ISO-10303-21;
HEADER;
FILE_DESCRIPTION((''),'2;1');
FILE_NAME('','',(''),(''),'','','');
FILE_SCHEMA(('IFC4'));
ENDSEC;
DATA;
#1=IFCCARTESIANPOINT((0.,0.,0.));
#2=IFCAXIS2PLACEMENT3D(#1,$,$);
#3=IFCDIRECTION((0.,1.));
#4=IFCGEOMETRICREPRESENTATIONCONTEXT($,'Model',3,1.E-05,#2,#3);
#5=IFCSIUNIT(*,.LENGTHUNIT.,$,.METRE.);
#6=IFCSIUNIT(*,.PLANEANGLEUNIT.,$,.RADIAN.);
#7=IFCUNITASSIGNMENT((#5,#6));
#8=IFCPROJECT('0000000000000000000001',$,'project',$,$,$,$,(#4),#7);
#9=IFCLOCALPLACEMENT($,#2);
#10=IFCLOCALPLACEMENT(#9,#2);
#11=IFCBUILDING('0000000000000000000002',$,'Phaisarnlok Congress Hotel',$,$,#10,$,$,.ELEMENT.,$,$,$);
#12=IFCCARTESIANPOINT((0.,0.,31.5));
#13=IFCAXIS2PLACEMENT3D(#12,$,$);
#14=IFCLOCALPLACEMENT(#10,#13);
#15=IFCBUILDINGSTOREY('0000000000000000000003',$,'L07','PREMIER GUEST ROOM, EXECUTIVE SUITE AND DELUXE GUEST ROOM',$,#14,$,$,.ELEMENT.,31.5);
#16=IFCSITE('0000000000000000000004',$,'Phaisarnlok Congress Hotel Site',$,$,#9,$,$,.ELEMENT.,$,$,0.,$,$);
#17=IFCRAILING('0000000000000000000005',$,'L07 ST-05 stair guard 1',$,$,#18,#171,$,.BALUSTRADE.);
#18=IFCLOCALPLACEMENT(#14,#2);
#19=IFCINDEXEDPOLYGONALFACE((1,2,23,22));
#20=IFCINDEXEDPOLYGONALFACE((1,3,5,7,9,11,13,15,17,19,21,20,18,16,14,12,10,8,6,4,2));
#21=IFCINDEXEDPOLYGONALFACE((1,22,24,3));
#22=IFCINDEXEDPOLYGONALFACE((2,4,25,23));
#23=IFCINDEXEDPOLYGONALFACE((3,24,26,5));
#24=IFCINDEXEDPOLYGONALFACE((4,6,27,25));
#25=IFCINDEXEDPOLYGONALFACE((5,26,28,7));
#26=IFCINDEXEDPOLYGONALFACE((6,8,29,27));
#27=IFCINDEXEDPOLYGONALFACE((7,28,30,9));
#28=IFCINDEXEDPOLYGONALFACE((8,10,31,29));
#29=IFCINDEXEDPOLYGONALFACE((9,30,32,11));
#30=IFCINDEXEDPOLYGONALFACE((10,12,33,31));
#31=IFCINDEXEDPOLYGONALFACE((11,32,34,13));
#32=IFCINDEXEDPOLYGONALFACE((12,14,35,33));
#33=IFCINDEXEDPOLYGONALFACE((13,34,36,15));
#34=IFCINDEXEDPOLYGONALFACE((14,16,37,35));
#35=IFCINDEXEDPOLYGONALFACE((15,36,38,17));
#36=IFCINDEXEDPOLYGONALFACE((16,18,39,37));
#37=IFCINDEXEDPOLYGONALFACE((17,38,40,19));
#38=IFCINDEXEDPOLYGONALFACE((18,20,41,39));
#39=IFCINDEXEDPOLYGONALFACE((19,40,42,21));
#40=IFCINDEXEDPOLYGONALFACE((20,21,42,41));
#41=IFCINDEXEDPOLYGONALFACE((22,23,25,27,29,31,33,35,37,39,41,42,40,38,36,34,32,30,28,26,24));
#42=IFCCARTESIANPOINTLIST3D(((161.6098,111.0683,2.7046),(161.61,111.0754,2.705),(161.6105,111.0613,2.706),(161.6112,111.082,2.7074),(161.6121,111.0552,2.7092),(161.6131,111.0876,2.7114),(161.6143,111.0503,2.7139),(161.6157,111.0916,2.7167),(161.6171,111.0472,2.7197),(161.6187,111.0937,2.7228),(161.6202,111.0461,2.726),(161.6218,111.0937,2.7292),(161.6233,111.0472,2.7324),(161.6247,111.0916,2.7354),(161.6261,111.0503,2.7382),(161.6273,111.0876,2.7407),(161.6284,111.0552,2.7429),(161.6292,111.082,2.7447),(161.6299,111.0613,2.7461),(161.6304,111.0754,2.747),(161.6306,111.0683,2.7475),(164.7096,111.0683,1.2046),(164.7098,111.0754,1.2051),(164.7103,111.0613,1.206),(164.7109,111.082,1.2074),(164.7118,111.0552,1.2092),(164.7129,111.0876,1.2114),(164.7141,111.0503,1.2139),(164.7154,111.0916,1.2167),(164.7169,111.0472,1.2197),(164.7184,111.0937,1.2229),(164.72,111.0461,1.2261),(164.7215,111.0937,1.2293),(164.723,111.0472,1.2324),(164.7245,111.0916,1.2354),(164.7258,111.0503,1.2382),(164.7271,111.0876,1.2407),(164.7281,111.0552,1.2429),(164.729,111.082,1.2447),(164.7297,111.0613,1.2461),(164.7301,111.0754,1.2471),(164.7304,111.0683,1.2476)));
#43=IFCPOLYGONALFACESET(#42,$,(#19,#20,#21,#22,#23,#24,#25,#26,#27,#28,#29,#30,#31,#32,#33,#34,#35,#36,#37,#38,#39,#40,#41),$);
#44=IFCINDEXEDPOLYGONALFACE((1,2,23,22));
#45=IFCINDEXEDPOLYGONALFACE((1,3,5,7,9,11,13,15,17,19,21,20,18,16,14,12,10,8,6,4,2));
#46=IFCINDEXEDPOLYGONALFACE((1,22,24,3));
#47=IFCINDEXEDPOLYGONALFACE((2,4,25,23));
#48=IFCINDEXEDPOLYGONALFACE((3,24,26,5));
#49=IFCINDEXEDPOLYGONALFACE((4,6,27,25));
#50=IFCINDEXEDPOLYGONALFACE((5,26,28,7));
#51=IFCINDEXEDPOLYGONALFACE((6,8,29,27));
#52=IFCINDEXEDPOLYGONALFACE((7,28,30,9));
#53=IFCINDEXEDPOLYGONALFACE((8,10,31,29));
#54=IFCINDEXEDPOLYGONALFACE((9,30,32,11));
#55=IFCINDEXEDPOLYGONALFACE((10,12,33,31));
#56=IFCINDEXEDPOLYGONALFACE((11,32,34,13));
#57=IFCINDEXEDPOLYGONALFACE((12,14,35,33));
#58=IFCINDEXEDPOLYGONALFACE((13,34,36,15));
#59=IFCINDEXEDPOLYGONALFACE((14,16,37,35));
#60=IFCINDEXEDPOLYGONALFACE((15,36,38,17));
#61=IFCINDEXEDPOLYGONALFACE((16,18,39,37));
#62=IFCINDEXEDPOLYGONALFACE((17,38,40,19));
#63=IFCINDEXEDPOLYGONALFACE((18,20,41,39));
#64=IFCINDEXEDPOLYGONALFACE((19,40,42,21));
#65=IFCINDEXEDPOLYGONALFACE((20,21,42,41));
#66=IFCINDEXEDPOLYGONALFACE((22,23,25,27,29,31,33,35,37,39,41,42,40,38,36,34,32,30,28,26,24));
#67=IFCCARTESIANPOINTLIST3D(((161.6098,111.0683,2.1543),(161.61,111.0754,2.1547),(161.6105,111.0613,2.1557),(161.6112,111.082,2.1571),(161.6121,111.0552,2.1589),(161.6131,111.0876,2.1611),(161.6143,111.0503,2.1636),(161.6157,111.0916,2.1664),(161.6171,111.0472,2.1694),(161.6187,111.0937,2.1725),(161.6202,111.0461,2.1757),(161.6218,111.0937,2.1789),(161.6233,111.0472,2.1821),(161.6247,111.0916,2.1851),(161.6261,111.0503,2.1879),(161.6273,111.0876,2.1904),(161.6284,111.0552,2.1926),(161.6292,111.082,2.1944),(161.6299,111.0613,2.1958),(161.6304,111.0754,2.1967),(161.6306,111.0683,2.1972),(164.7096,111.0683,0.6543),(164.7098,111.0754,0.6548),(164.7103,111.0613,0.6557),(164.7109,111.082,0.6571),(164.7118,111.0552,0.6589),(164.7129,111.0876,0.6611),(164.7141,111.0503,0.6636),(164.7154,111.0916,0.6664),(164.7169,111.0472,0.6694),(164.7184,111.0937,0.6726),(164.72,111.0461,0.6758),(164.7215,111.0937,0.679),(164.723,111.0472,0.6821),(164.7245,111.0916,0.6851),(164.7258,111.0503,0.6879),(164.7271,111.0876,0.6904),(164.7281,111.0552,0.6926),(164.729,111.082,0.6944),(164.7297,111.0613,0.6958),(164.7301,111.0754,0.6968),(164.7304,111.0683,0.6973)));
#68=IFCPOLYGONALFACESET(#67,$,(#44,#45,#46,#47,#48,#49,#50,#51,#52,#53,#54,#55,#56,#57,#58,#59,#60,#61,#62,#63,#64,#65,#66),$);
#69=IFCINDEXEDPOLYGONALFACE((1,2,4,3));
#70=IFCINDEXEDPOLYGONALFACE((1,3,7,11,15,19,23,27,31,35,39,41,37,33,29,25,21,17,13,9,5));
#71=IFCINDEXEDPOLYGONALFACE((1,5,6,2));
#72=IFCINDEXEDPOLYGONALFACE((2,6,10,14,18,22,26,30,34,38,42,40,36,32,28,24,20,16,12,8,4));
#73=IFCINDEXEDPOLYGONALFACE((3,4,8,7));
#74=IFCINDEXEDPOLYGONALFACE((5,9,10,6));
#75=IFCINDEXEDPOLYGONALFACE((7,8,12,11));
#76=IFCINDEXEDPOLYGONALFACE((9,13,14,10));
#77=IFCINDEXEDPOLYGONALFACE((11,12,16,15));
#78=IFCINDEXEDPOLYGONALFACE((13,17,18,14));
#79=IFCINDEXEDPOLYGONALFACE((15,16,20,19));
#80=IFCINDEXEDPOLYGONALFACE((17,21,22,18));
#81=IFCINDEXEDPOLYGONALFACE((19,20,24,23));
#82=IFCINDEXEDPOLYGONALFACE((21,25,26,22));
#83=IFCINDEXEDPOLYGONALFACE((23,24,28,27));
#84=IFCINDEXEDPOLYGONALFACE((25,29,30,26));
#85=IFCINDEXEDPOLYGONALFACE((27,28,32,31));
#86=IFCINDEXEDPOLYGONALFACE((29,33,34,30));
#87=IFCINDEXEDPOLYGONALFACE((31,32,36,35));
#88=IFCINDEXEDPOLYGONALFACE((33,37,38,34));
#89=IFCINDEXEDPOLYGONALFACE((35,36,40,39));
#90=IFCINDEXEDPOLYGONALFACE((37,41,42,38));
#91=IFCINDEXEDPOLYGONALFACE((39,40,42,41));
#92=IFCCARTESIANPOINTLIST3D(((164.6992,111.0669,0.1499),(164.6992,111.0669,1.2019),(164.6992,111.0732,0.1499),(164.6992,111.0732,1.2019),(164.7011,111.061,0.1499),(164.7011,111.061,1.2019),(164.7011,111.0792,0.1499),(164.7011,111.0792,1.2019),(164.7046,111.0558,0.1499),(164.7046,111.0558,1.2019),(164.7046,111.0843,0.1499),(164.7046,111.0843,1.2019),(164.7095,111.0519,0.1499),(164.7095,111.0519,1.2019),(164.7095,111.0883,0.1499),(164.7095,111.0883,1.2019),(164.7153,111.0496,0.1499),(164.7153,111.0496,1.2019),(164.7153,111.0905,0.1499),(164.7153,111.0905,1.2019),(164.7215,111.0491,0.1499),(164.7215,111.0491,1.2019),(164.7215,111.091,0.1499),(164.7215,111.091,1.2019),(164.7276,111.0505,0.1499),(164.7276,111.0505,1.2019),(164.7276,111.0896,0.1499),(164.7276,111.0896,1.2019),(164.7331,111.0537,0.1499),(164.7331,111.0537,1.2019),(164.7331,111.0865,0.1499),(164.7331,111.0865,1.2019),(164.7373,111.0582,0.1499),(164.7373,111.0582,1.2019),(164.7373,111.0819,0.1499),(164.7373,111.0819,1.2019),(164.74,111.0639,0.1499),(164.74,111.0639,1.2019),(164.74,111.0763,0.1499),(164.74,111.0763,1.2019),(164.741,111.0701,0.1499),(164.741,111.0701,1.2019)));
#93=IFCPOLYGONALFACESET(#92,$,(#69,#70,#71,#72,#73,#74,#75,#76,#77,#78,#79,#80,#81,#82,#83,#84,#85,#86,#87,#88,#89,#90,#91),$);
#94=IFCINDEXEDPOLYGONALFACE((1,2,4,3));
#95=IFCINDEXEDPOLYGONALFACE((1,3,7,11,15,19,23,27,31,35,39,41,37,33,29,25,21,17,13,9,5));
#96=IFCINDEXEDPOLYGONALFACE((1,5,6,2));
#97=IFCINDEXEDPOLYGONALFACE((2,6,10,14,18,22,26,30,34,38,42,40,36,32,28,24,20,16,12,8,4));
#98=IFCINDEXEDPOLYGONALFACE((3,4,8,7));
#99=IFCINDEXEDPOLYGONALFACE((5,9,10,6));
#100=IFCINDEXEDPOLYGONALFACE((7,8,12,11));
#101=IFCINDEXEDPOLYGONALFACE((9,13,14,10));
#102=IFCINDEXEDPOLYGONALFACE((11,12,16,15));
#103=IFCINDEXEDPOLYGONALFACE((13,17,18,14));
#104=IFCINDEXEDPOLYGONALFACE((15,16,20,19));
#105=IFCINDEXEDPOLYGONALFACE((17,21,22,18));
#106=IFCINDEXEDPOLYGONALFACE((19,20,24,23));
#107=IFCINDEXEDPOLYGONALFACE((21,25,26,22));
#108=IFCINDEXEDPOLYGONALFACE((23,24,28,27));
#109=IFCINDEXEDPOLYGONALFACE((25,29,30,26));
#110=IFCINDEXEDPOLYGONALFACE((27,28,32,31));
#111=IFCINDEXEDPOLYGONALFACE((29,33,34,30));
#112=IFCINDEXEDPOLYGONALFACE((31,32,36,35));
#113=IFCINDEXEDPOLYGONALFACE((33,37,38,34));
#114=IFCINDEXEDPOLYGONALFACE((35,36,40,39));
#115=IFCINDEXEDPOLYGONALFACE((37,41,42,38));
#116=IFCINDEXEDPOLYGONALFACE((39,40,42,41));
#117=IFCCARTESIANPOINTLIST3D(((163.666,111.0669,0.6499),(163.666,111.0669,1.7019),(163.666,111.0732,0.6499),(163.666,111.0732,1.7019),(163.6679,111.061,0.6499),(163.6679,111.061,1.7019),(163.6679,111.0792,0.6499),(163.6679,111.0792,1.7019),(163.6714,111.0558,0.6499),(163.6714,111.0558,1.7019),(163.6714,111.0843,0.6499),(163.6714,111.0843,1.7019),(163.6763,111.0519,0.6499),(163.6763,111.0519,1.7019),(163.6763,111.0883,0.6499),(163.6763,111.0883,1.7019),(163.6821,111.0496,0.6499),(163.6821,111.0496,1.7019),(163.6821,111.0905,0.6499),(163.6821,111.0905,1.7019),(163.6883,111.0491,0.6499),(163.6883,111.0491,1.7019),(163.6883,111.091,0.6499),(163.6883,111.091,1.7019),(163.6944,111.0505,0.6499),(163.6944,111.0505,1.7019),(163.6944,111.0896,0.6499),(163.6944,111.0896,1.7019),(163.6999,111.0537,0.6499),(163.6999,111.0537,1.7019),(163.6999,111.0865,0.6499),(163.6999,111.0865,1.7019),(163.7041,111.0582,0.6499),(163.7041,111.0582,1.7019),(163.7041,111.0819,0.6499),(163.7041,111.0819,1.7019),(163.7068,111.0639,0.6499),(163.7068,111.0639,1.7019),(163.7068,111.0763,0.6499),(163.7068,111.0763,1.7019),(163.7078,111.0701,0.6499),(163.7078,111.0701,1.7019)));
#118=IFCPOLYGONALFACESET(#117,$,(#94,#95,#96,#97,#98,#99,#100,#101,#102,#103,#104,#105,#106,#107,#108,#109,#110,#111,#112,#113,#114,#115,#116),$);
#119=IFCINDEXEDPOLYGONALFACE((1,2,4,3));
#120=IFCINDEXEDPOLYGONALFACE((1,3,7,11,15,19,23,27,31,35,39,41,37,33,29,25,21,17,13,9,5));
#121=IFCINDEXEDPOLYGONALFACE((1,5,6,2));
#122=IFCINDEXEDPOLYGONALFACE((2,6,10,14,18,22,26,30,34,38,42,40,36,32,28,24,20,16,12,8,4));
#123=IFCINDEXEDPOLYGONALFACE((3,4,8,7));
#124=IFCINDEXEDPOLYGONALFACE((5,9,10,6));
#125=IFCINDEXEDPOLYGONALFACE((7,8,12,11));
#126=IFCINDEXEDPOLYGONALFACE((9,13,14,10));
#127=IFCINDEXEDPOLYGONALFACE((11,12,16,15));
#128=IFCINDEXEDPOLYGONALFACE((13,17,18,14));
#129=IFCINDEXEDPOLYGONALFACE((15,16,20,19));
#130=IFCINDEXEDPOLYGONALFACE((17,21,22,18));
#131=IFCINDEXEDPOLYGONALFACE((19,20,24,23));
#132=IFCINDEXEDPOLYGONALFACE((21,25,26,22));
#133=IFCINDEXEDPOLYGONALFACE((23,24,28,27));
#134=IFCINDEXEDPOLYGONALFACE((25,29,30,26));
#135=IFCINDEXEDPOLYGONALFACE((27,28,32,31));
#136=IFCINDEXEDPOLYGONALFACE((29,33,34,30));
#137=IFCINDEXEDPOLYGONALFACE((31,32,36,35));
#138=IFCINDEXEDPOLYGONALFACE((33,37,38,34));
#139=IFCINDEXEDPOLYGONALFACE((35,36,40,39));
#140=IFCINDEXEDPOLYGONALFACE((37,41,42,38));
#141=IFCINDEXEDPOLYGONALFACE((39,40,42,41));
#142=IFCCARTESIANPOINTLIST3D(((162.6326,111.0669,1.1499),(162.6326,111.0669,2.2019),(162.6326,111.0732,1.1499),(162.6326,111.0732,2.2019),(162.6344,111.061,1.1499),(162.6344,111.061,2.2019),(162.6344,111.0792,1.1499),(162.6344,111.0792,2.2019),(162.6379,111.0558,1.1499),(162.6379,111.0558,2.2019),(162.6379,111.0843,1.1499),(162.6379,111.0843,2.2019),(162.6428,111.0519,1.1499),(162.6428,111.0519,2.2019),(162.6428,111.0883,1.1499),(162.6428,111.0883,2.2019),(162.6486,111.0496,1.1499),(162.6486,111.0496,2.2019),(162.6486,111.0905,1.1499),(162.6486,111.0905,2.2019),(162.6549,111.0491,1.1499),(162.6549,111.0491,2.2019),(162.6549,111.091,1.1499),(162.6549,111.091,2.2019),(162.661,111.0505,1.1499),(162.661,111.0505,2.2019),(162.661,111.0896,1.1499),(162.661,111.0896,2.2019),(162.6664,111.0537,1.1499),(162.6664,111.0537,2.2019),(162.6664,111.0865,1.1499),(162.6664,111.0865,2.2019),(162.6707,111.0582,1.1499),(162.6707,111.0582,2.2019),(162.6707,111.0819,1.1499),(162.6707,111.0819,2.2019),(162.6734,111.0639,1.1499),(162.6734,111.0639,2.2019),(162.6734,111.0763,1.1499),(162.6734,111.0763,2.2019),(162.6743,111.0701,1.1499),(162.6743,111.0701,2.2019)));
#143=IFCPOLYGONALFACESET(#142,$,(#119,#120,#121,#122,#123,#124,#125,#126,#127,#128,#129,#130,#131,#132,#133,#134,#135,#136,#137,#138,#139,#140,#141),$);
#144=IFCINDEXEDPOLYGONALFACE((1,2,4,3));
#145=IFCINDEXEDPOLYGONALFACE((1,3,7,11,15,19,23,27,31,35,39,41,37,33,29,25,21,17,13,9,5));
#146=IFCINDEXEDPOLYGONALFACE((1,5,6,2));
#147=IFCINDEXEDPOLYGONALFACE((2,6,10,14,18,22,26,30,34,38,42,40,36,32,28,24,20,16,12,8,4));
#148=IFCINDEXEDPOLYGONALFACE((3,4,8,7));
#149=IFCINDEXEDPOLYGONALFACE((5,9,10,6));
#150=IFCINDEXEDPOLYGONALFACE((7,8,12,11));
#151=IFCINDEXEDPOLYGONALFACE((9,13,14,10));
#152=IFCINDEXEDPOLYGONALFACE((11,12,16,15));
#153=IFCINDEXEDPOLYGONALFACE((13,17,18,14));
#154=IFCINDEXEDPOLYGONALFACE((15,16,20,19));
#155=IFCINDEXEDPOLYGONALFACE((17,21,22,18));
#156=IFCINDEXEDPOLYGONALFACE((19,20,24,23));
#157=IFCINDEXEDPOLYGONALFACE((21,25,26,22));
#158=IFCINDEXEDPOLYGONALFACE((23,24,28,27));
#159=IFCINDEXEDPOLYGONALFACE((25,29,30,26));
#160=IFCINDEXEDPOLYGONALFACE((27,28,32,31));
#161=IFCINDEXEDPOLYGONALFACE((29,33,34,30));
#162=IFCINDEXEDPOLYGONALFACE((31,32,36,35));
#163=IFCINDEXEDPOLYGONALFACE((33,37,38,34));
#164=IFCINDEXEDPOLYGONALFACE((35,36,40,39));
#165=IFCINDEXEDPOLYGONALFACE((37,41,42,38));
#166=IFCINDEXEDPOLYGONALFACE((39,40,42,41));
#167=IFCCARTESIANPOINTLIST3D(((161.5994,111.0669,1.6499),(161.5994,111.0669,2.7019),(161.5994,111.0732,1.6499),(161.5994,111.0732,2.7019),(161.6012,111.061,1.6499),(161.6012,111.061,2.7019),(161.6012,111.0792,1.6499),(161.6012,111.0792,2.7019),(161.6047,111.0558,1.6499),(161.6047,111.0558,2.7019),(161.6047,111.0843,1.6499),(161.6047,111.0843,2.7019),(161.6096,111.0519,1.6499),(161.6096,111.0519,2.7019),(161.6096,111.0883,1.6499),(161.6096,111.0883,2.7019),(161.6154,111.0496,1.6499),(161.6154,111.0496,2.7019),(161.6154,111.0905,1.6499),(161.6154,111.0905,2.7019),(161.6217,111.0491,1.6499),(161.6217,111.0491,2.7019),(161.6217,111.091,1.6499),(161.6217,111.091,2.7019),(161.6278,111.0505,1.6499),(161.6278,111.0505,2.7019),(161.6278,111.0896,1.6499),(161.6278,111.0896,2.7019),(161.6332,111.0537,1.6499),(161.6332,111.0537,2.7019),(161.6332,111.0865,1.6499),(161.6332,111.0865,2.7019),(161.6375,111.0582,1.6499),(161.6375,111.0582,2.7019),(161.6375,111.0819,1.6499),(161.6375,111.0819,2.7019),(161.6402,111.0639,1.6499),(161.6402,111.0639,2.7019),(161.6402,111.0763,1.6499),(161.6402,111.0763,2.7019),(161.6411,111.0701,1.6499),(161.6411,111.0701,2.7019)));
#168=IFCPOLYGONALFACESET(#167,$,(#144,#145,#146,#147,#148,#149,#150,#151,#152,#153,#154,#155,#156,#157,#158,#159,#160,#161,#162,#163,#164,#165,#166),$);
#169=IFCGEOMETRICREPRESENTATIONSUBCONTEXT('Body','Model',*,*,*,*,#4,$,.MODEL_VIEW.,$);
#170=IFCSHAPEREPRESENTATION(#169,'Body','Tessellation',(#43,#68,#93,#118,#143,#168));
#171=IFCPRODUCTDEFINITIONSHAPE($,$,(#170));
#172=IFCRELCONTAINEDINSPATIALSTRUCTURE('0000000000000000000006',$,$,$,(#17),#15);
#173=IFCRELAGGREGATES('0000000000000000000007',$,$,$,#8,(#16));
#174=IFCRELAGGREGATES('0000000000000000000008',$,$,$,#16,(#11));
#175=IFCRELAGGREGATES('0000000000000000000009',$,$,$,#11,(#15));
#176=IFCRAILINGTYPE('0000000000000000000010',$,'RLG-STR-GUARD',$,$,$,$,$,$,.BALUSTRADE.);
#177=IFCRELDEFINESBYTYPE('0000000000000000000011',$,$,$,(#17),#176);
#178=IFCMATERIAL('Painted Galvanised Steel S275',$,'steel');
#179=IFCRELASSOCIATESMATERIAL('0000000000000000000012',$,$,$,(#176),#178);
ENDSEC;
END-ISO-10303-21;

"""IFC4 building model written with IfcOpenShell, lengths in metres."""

from ifc_helpers import new_model, si_unit, direction, frame, origin, origin_2d, place, context, subcontext, project, spatial, circle, extrude, material, type_object, element, save


model = new_model("IFC4")

# Units and contexts
model_context = context("Model", 3, precision=1e-05, world=origin(), true_north=direction((0.0, 1.0)))
body_context = subcontext(model_context, "Body", "Model", "MODEL_VIEW")
ifc_project = project(units=[si_unit("LENGTHUNIT", "METRE"), si_unit("PLANEANGLEUNIT", "RADIAN")], contexts=[model_context])

# Site, building, storey
site_placement = place(None, origin())
site = spatial("IfcSite", under=ifc_project, at=site_placement, Name="Phaisarnlok Congress Hotel Site", CompositionType="ELEMENT", RefElevation=0.0)
building_placement = place(site_placement, origin())
building = spatial("IfcBuilding", under=site, at=building_placement, Name="Phaisarnlok Congress Hotel", CompositionType="ELEMENT")
storey_placement = place(building_placement, frame((0.0, 0.0, 31.5)))
storey = spatial("IfcBuildingStorey", under=building, at=storey_placement, Name="L07", Description="PREMIER GUEST ROOM, EXECUTIVE SUITE AND DELUXE GUEST ROOM", CompositionType="ELEMENT", Elevation=31.5)

# Railing
ifc_material_1 = material(Name="Painted Galvanised Steel S275", Category="steel")
railing_type_1 = type_object("IfcRailingType", Name="RLG-STR-GUARD", PredefinedType="BALUSTRADE", material=ifc_material_1)
railing_1_placement = place(storey_placement, frame((164.72, 111.0701, 0.1499)))
element("IfcRailing", 1, at=railing_1_placement, inside=storey, type_object=railing_type_1, Name="L07 ST-05 stair guard 1", PredefinedType="BALUSTRADE", context=body_context, shape_type="SweptSolid", body=[
    extrude(circle(Radius=0.0239, at=origin_2d()), frame((0.0, 0.0, 1.0762), z_axis=(-0.900151, 0.0, 0.435578), x_axis=(0.0, -1.0, 0.0)), (0.0, 0.0, 1.0), 3.4436),
    extrude(circle(Radius=0.0239, at=origin_2d()), frame((0.0, 0.0, 0.5259), z_axis=(-0.900151, 0.0, 0.435578), x_axis=(0.0, -1.0, 0.0)), (0.0, 0.0, 1.0), 3.4436),
    extrude(circle(Radius=0.021, at=origin_2d()), origin(), (0.0, 0.0, 1.0), 1.052),
    extrude(circle(Radius=0.021, at=origin_2d()), frame((-1.0332, 0.0, 0.5)), (0.0, 0.0, 1.0), 1.052),
    extrude(circle(Radius=0.021, at=origin_2d()), frame((-2.0667, 0.0, 1.0)), (0.0, 0.0, 1.0), 1.052),
    extrude(circle(Radius=0.021, at=origin_2d()), frame((-3.0999, 0.0, 1.5)), (0.0, 0.0, 1.0), 1.052),
])

save(model, "model.ifc")
